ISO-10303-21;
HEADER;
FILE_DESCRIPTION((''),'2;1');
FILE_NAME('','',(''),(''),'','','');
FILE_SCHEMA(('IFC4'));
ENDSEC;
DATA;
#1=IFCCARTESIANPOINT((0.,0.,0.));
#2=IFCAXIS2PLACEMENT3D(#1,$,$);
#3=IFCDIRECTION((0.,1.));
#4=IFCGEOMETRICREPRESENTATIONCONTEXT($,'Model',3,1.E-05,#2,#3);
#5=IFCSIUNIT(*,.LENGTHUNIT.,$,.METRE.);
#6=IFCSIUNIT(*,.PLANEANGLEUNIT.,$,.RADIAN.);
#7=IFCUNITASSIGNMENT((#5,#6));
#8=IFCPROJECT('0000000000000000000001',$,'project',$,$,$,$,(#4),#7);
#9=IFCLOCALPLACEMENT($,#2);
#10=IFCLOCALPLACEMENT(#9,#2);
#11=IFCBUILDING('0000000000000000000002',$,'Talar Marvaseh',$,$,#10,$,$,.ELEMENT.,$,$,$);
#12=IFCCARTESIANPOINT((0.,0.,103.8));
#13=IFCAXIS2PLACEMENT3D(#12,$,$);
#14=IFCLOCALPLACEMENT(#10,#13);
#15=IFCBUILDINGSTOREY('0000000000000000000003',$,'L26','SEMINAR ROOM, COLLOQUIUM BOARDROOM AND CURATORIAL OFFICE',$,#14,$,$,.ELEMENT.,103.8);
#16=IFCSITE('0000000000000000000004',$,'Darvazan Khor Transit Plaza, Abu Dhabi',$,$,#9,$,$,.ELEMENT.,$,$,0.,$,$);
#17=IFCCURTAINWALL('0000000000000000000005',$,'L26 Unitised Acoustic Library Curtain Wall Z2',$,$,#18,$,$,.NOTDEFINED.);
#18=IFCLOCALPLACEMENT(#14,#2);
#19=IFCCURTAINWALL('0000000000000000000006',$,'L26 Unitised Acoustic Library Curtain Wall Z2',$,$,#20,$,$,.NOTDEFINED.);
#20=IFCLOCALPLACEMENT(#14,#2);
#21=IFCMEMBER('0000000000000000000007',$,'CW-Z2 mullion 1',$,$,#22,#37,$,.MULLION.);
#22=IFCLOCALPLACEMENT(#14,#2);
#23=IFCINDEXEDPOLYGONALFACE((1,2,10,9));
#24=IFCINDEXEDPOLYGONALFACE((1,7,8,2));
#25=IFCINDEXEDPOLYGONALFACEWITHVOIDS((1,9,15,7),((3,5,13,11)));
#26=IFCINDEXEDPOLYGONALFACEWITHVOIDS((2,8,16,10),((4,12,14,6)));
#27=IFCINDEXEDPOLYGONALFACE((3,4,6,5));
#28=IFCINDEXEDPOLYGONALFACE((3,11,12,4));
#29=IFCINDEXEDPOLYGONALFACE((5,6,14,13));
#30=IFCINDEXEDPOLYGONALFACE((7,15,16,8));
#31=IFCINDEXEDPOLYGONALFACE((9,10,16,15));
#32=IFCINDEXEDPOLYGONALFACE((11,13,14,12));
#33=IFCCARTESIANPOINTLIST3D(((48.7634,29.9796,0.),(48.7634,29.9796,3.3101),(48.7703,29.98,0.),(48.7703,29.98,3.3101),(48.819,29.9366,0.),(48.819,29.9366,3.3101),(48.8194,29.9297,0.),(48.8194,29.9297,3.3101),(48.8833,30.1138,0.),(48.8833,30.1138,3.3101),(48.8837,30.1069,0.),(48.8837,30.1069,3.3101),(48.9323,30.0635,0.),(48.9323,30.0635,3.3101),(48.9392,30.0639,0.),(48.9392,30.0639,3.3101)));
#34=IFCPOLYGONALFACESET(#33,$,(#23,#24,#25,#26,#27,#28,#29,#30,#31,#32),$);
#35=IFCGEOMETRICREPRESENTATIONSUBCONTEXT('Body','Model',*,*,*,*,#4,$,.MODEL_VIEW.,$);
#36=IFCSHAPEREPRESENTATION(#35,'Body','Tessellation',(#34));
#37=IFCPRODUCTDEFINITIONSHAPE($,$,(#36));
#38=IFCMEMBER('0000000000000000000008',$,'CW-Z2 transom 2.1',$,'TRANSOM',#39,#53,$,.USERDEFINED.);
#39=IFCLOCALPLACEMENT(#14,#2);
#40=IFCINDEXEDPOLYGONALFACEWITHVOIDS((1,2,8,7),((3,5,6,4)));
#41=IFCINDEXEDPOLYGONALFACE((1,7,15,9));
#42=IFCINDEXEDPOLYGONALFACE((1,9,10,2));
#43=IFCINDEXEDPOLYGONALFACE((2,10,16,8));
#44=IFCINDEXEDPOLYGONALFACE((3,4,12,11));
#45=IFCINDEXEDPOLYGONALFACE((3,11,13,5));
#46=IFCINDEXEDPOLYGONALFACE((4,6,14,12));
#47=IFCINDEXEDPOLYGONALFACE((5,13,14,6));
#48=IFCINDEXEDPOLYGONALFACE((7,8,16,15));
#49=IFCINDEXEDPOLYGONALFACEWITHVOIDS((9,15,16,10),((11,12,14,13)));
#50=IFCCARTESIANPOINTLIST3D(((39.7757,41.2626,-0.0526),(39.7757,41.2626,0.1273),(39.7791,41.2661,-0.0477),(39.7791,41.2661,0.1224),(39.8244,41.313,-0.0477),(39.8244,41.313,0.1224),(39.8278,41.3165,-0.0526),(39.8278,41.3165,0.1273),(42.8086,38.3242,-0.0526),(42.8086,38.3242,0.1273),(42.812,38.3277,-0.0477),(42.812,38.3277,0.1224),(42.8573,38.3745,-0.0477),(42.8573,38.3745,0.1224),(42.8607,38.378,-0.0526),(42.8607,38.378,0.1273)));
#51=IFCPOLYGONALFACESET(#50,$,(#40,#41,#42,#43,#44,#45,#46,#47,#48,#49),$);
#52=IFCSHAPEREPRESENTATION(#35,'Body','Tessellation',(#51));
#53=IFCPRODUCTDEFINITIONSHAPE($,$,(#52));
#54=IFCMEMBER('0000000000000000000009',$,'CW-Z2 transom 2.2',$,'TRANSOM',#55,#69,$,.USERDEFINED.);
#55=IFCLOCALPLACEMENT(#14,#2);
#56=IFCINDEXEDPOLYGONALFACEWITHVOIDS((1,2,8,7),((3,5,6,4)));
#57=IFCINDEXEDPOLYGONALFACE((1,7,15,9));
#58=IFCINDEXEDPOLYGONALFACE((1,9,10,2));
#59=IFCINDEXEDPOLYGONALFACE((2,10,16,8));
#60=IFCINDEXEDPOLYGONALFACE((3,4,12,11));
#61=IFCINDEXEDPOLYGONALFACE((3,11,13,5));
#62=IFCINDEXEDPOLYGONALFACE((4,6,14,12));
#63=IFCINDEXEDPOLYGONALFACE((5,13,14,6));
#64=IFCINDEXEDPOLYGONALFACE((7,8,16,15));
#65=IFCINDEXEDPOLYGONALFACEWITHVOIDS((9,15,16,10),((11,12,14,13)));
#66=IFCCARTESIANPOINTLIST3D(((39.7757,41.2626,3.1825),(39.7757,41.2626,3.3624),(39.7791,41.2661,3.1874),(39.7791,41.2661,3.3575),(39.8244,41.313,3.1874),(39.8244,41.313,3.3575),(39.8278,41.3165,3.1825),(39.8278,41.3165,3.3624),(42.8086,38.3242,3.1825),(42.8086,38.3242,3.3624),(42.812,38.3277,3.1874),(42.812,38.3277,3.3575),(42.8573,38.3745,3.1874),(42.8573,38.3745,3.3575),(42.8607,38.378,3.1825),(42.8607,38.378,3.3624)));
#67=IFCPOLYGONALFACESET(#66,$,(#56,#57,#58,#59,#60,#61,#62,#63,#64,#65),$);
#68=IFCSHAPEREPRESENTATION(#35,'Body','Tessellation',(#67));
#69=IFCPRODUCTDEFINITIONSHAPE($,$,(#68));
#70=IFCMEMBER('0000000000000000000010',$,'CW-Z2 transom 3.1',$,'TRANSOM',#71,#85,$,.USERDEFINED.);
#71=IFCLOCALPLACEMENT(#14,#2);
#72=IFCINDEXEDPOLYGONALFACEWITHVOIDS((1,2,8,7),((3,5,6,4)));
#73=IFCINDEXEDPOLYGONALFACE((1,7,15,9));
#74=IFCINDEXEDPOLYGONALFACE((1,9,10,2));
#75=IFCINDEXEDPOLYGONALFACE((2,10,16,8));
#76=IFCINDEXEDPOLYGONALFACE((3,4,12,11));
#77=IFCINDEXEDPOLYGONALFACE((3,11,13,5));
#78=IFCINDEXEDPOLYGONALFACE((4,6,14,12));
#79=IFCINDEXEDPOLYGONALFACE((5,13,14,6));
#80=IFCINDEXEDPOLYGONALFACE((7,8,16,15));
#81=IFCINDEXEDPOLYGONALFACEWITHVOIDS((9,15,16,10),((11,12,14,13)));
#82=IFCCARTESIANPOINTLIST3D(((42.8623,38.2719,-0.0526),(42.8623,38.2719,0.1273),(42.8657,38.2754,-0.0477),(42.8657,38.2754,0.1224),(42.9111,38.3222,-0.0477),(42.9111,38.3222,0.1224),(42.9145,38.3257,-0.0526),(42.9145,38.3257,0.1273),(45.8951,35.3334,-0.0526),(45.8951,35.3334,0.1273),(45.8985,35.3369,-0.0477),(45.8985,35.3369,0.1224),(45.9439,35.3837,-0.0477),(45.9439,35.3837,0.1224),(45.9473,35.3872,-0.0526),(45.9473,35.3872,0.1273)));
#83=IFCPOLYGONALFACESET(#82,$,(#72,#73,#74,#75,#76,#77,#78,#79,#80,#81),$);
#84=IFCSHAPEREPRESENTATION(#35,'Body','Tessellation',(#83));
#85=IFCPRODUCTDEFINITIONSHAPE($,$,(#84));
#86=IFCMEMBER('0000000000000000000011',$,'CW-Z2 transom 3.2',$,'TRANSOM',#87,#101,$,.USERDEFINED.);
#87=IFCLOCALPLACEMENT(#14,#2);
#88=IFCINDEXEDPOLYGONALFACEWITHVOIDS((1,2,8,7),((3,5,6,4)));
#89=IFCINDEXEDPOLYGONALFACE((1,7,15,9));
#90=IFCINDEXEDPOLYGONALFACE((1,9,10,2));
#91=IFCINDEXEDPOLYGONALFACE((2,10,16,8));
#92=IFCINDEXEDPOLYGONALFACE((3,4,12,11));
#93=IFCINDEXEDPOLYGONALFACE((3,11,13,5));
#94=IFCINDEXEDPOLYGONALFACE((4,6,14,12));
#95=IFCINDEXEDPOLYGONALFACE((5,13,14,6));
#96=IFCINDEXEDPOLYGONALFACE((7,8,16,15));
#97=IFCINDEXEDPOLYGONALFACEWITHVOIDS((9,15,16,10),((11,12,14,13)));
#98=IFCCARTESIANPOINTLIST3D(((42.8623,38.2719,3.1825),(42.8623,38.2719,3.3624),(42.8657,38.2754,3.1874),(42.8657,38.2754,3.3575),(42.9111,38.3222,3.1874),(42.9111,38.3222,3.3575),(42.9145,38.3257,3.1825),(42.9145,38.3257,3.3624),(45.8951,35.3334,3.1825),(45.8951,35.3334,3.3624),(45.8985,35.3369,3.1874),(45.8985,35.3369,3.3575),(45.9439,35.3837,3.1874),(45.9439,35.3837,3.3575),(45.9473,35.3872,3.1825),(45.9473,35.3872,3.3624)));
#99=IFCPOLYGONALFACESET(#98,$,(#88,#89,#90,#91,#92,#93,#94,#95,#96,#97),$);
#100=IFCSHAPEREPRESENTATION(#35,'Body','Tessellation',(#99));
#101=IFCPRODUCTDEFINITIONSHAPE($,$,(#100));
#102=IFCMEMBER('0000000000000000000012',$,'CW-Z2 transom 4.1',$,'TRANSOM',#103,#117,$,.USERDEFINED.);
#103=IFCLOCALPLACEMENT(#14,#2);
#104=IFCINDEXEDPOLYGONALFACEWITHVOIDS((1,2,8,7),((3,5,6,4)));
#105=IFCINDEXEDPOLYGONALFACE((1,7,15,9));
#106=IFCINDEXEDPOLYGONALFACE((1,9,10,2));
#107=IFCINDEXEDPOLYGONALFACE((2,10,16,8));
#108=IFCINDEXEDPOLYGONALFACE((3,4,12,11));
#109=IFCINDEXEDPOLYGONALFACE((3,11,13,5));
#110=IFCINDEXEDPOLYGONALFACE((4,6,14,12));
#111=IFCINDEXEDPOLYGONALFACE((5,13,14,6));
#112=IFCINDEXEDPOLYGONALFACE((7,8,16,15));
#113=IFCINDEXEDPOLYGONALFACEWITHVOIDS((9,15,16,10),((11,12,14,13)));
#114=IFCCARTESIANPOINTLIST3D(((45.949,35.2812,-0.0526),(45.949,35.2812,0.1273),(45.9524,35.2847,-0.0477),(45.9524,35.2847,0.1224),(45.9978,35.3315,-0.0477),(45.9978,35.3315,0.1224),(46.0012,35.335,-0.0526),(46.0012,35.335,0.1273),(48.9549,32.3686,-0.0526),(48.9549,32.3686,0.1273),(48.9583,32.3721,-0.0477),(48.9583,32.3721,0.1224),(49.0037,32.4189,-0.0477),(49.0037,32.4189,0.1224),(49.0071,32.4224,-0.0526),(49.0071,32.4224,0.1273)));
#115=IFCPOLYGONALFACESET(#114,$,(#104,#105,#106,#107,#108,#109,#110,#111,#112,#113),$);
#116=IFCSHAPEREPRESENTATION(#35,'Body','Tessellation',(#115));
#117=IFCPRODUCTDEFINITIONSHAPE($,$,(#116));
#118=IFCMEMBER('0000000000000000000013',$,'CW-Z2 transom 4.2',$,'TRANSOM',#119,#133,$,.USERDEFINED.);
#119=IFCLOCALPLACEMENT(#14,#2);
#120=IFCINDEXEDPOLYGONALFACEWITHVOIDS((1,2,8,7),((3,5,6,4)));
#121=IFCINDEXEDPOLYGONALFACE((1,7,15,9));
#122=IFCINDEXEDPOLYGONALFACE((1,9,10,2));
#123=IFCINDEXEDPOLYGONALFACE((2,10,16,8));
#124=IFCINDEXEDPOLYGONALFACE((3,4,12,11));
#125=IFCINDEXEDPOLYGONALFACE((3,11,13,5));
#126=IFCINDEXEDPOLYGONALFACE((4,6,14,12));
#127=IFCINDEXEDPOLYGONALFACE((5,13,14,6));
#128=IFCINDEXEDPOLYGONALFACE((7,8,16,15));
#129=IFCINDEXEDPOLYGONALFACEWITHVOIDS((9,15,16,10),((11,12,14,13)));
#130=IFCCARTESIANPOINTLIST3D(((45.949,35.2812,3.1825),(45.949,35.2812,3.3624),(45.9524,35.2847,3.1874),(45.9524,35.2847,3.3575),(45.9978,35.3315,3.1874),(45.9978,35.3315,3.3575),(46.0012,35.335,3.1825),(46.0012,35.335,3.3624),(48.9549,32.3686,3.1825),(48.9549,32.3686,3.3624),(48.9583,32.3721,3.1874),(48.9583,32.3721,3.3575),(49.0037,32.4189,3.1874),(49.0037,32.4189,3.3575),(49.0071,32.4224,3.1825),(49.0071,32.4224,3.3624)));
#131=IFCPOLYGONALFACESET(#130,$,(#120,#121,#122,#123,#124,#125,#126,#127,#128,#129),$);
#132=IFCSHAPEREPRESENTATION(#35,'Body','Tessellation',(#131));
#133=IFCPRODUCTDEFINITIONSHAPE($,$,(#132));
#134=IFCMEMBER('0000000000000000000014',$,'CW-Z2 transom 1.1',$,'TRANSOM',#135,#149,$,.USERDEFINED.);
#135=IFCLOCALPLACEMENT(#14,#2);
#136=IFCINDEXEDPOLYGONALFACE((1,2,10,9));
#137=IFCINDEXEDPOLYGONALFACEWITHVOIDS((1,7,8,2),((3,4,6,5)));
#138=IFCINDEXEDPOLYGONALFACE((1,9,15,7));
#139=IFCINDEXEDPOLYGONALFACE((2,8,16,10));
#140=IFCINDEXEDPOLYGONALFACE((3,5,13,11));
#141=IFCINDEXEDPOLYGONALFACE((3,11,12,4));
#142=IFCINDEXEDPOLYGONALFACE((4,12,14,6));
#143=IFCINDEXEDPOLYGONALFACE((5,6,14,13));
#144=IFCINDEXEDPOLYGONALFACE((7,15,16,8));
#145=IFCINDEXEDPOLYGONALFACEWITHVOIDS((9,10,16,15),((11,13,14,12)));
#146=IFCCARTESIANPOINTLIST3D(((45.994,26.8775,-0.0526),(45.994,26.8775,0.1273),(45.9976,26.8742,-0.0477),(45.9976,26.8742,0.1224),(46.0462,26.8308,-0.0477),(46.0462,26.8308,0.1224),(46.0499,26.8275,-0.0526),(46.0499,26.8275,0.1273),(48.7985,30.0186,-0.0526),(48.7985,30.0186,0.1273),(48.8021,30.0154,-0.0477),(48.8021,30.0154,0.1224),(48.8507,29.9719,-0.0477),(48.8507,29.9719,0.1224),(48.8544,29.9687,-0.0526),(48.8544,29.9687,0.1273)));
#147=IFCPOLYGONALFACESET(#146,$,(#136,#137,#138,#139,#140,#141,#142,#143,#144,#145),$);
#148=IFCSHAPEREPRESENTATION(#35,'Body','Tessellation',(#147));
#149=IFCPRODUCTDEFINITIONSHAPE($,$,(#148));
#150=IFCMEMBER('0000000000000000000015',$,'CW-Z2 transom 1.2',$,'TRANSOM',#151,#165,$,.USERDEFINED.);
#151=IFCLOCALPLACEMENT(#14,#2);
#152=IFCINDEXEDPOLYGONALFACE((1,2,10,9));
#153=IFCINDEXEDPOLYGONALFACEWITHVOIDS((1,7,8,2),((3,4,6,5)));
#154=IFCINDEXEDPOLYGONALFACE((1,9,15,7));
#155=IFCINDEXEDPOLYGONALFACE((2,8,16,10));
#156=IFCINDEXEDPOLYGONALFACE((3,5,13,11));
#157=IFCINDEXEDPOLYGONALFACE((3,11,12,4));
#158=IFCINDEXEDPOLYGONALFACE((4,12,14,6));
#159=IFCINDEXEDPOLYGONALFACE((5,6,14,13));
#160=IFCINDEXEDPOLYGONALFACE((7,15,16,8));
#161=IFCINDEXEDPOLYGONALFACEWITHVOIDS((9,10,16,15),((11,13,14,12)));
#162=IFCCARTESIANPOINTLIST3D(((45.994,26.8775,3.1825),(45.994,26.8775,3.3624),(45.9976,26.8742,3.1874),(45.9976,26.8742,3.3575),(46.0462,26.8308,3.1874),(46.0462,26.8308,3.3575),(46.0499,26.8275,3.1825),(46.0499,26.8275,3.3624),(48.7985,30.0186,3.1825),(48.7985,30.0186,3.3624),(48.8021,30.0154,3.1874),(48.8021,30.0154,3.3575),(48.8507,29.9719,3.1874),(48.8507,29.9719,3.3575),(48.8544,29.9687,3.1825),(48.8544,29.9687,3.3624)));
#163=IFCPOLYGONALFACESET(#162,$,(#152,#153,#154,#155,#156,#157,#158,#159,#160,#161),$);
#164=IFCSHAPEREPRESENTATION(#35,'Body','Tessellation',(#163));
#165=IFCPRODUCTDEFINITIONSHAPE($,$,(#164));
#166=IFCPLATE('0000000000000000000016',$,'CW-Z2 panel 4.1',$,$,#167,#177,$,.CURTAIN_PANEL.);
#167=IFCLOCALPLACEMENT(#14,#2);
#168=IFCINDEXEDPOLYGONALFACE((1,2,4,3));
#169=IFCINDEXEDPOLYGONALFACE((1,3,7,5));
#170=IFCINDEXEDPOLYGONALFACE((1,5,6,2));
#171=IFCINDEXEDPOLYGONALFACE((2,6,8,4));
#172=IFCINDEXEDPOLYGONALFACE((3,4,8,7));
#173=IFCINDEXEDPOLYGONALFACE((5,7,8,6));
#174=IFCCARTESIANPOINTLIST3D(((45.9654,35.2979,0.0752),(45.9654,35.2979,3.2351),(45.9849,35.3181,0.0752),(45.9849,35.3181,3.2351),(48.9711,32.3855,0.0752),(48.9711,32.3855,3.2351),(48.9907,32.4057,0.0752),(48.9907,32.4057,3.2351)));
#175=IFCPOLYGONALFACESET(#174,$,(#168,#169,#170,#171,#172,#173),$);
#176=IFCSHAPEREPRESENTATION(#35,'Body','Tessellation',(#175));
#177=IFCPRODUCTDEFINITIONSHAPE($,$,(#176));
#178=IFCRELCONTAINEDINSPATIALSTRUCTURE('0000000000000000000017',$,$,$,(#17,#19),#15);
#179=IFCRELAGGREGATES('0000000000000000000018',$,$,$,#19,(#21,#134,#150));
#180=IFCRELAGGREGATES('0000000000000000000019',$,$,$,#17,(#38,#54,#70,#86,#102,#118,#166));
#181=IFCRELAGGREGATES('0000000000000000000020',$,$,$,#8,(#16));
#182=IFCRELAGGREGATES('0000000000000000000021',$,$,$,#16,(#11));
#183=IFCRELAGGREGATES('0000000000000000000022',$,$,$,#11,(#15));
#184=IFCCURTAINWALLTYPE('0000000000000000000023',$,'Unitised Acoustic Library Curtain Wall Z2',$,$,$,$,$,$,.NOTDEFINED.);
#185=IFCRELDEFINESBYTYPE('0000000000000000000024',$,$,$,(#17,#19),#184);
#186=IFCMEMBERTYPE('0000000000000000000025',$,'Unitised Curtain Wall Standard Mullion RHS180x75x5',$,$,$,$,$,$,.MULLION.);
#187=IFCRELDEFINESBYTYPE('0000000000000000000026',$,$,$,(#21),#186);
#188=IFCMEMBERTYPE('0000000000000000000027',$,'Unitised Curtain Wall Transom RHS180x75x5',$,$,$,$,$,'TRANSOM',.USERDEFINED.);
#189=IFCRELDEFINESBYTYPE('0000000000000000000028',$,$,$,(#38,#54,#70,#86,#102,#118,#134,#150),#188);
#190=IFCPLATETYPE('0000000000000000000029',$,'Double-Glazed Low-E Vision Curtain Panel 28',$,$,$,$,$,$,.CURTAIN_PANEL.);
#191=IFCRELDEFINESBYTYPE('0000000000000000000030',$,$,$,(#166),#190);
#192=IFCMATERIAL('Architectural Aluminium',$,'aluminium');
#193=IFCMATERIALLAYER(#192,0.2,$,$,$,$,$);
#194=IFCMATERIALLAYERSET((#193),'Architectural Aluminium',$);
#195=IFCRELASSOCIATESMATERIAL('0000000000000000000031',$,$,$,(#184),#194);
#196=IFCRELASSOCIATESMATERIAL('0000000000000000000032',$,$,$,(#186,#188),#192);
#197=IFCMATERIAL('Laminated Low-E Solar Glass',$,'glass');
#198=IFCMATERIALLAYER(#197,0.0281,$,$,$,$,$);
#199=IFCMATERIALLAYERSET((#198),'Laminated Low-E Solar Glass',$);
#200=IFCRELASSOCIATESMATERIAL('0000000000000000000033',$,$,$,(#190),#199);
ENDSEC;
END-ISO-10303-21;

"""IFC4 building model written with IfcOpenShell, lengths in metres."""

from ifc_helpers import new_model, si_unit, direction, frame, origin, origin_2d, place, context, subcontext, project, spatial, rectangle, hollow_rectangle, extrude, source, transform, mapped, material, layer, layer_set, material_profile, profile_set, type_object, type_shapes, element, aggregate, save


model = new_model("IFC4")

# Units and contexts
model_context = context("Model", 3, precision=1e-05, world=origin(), true_north=direction((0.0, 1.0)))
body_context = subcontext(model_context, "Body", "Model", "MODEL_VIEW")
ifc_project = project(units=[si_unit("LENGTHUNIT", "METRE"), si_unit("PLANEANGLEUNIT", "RADIAN")], contexts=[model_context])

# Site, building, storey
site_placement = place(None, origin())
site = spatial("IfcSite", under=ifc_project, at=site_placement, Name="Darvazan Khor Transit Plaza, Abu Dhabi", CompositionType="ELEMENT", RefElevation=0.0)
building_placement = place(site_placement, origin())
building = spatial("IfcBuilding", under=site, at=building_placement, Name="Talar Marvaseh", CompositionType="ELEMENT")
storey_placement = place(building_placement, frame((0.0, 0.0, 103.8)))
storey = spatial("IfcBuildingStorey", under=building, at=storey_placement, Name="L26", Description="SEMINAR ROOM, COLLOQUIUM BOARDROOM AND CURATORIAL OFFICE", CompositionType="ELEMENT", Elevation=103.8)

# Curtain wall
ifc_material_1 = material(Name="Architectural Aluminium", Category="aluminium")
ifc_layer_1 = layer(ifc_material_1, 0.2)
ifc_layer_set_1 = layer_set([ifc_layer_1], Name="Architectural Aluminium")
curtain_wall_type = type_object("IfcCurtainWallType", Name="Unitised Acoustic Library Curtain Wall Z2", PredefinedType="NOTDEFINED", material=ifc_layer_set_1)
curtain_wall_1_placement = place(storey_placement, origin())
curtain_wall_1 = element("IfcCurtainWall", 1, at=curtain_wall_1_placement, inside=storey, type_object=curtain_wall_type, Name="L26 Unitised Acoustic Library Curtain Wall Z2", PredefinedType="NOTDEFINED")
ifc_material_profile_1 = material_profile(ifc_material_1, hollow_rectangle(XDim=0.075, YDim=0.1799, WallThickness=0.0049, at=origin_2d()), Name="RHS180x75x5")
ifc_profile_set_1 = profile_set([ifc_material_profile_1], Name="Architectural Aluminium")
member_type_1 = type_object("IfcMemberType", Name="Unitised Curtain Wall Standard Mullion RHS180x75x5", PredefinedType="MULLION", material=ifc_profile_set_1)
shared_shape_1 = source(origin(), body_context, "Body", "SweptSolid", [
    extrude(hollow_rectangle(XDim=0.075, YDim=0.1799, WallThickness=0.0049, at=origin_2d()), origin(), (0.0, 0.0, 1.0), 3.3101),
])
type_shapes(member_type_1, [shared_shape_1])

# Curtain wall, member
curtain_wall_2_placement = place(storey_placement, origin())
curtain_wall_2 = element("IfcCurtainWall", 2, at=curtain_wall_2_placement, inside=storey, type_object=curtain_wall_type, Name="L26 Unitised Acoustic Library Curtain Wall Z2", PredefinedType="NOTDEFINED")
member_1_placement = place(storey_placement, frame((48.8513, 30.0217, 0.0), z_axis=(0.0, 0.0, 1.0), x_axis=(0.745953, -0.665999, 0.0)))
member_1 = element("IfcMember", 3, at=member_1_placement, type_object=member_type_1, Name="CW-Z2 mullion 1", PredefinedType="MULLION", context=body_context, shape_type="MappedRepresentation", body=[
    mapped(shared_shape_1, transform((0.0, 0.0, 0.0), x_axis=(1.0, 0.0, 0.0), y_axis=(0.0, 1.0, 0.0), z_axis=(0.0, 0.0, 1.0), scale=1.0)),
])

# Members
ifc_material_profile_2 = material_profile(ifc_material_1, hollow_rectangle(XDim=0.075, YDim=0.1799, WallThickness=0.0049, at=origin_2d()), Name="RHS180x75x5")
ifc_profile_set_2 = profile_set([ifc_material_profile_2], Name="Architectural Aluminium")
member_type_2 = type_object("IfcMemberType", Name="Unitised Curtain Wall Transom RHS180x75x5", ElementType="TRANSOM", PredefinedType="USERDEFINED", material=ifc_profile_set_2)
shared_shape_2 = source(origin(), body_context, "Body", "SweptSolid", [
    extrude(hollow_rectangle(XDim=0.075, YDim=0.1799, WallThickness=0.0049, at=origin_2d()), origin(), (0.0, 0.0, 1.0), 4.2229),
])
member_2_placement = place(storey_placement, frame((39.8018, 41.2896, 0.0374), z_axis=(0.718205, -0.695832, 0.0), x_axis=(0.695832, 0.718205, 0.0)))
member_2 = element("IfcMember", 4, at=member_2_placement, type_object=member_type_2, Name="CW-Z2 transom 2.1", ObjectType="TRANSOM", PredefinedType="USERDEFINED", context=body_context, shape_type="MappedRepresentation", body=[
    mapped(shared_shape_2, transform((0.0, 0.0, 0.0), x_axis=(1.0, 0.0, 0.0), y_axis=(0.0, 1.0, 0.0), z_axis=(0.0, 0.0, 1.0), scale=1.0)),
])
member_3_placement = place(storey_placement, frame((39.8018, 41.2896, 3.2725), z_axis=(0.718205, -0.695832, 0.0), x_axis=(0.695832, 0.718205, 0.0)))
member_3 = element("IfcMember", 5, at=member_3_placement, type_object=member_type_2, Name="CW-Z2 transom 2.2", ObjectType="TRANSOM", PredefinedType="USERDEFINED", context=body_context, shape_type="MappedRepresentation", body=[
    mapped(shared_shape_2, transform((0.0, 0.0, 0.0), x_axis=(1.0, 0.0, 0.0), y_axis=(0.0, 1.0, 0.0), z_axis=(0.0, 0.0, 1.0), scale=1.0)),
])
member_4_placement = place(storey_placement, frame((42.8884, 38.2988, 0.0374), z_axis=(0.718177, -0.69586, 0.0), x_axis=(0.69586, 0.718177, 0.0)))
member_4 = element("IfcMember", 6, at=member_4_placement, type_object=member_type_2, Name="CW-Z2 transom 3.1", ObjectType="TRANSOM", PredefinedType="USERDEFINED", context=body_context, shape_type="MappedRepresentation", body=[
    mapped(shared_shape_2, transform((0.0, 0.0, 0.0), x_axis=(1.0, 0.0, 0.0), y_axis=(0.0, 1.0, 0.0), z_axis=(0.0, 0.0, 1.0), scale=1.0)),
])
member_5_placement = place(storey_placement, frame((42.8884, 38.2988, 3.2725), z_axis=(0.718177, -0.69586, 0.0), x_axis=(0.69586, 0.718177, 0.0)))
member_5 = element("IfcMember", 7, at=member_5_placement, type_object=member_type_2, Name="CW-Z2 transom 3.2", ObjectType="TRANSOM", PredefinedType="USERDEFINED", context=body_context, shape_type="MappedRepresentation", body=[
    mapped(shared_shape_2, transform((0.0, 0.0, 0.0), x_axis=(1.0, 0.0, 0.0), y_axis=(0.0, 1.0, 0.0), z_axis=(0.0, 0.0, 1.0), scale=1.0)),
])
shared_shape_3 = source(origin(), body_context, "Body", "SweptSolid", [
    extrude(hollow_rectangle(XDim=0.075, YDim=0.1799, WallThickness=0.0049, at=origin_2d()), origin(), (0.0, 0.0, 1.0), 4.1855),
])
member_6_placement = place(storey_placement, frame((45.9751, 35.3081, 0.0374), z_axis=(0.71816, -0.695878, 0.0), x_axis=(0.695878, 0.71816, 0.0)))
member_6 = element("IfcMember", 8, at=member_6_placement, type_object=member_type_2, Name="CW-Z2 transom 4.1", ObjectType="TRANSOM", PredefinedType="USERDEFINED", context=body_context, shape_type="MappedRepresentation", body=[
    mapped(shared_shape_3, transform((0.0, 0.0, 0.0), x_axis=(1.0, 0.0, 0.0), y_axis=(0.0, 1.0, 0.0), z_axis=(0.0, 0.0, 1.0), scale=1.0)),
])
member_7_placement = place(storey_placement, frame((45.9751, 35.3081, 3.2725), z_axis=(0.71816, -0.695878, 0.0), x_axis=(0.695878, 0.71816, 0.0)))
member_7 = element("IfcMember", 9, at=member_7_placement, type_object=member_type_2, Name="CW-Z2 transom 4.2", ObjectType="TRANSOM", PredefinedType="USERDEFINED", context=body_context, shape_type="MappedRepresentation", body=[
    mapped(shared_shape_3, transform((0.0, 0.0, 0.0), x_axis=(1.0, 0.0, 0.0), y_axis=(0.0, 1.0, 0.0), z_axis=(0.0, 0.0, 1.0), scale=1.0)),
])
shared_shape_4 = source(origin(), body_context, "Body", "SweptSolid", [
    extrude(hollow_rectangle(XDim=0.075, YDim=0.1799, WallThickness=0.0049, at=origin_2d()), origin(), (0.0, 0.0, 1.0), 4.2109),
])
type_shapes(member_type_2, [shared_shape_2, shared_shape_3, shared_shape_4])
member_8_placement = place(storey_placement, frame((48.8264, 29.9937, 0.0374), z_axis=(-0.666, -0.745952, 0.0), x_axis=(0.745952, -0.666, 0.0)))
member_8 = element("IfcMember", 10, at=member_8_placement, type_object=member_type_2, Name="CW-Z2 transom 1.1", ObjectType="TRANSOM", PredefinedType="USERDEFINED", context=body_context, shape_type="MappedRepresentation", body=[
    mapped(shared_shape_4, transform((0.0, 0.0, 0.0), x_axis=(1.0, 0.0, 0.0), y_axis=(0.0, 1.0, 0.0), z_axis=(0.0, 0.0, 1.0), scale=1.0)),
])
member_9_placement = place(storey_placement, frame((48.8264, 29.9937, 3.2725), z_axis=(-0.666, -0.745952, 0.0), x_axis=(0.745952, -0.666, 0.0)))
member_9 = element("IfcMember", 11, at=member_9_placement, type_object=member_type_2, Name="CW-Z2 transom 1.2", ObjectType="TRANSOM", PredefinedType="USERDEFINED", context=body_context, shape_type="MappedRepresentation", body=[
    mapped(shared_shape_4, transform((0.0, 0.0, 0.0), x_axis=(1.0, 0.0, 0.0), y_axis=(0.0, 1.0, 0.0), z_axis=(0.0, 0.0, 1.0), scale=1.0)),
])
aggregate(curtain_wall_2, [member_1, member_8, member_9])

# Plate
ifc_material_2 = material(Name="Laminated Low-E Solar Glass", Category="glass")
ifc_layer_2 = layer(ifc_material_2, 0.0281)
ifc_layer_set_2 = layer_set([ifc_layer_2], Name="Laminated Low-E Solar Glass")
plate_type = type_object("IfcPlateType", Name="Double-Glazed Low-E Vision Curtain Panel 28", PredefinedType="CURTAIN_PANEL", material=ifc_layer_set_2)
shared_shape_5 = source(origin(), body_context, "Body", "SweptSolid", [
    extrude(rectangle(XDim=4.1853, YDim=0.0281, at=origin_2d()), origin(), (0.0, 0.0, 1.0), 3.1599),
])
plate_1_placement = place(storey_placement, frame((47.478, 33.8518, 0.0752), z_axis=(0.0, 0.0, 1.0), x_axis=(0.71817, -0.695868, 0.0)))
plate_1 = element("IfcPlate", 12, at=plate_1_placement, type_object=plate_type, Name="CW-Z2 panel 4.1", PredefinedType="CURTAIN_PANEL", context=body_context, shape_type="MappedRepresentation", body=[
    mapped(shared_shape_5, transform((0.0, 0.0, 0.0), x_axis=(1.0, 0.0, 0.0), y_axis=(0.0, 1.0, 0.0), z_axis=(0.0, 0.0, 1.0), scale=1.0)),
])
aggregate(curtain_wall_1, [member_2, member_3, member_4, member_5, member_6, member_7, plate_1])

save(model, "model.ifc")
